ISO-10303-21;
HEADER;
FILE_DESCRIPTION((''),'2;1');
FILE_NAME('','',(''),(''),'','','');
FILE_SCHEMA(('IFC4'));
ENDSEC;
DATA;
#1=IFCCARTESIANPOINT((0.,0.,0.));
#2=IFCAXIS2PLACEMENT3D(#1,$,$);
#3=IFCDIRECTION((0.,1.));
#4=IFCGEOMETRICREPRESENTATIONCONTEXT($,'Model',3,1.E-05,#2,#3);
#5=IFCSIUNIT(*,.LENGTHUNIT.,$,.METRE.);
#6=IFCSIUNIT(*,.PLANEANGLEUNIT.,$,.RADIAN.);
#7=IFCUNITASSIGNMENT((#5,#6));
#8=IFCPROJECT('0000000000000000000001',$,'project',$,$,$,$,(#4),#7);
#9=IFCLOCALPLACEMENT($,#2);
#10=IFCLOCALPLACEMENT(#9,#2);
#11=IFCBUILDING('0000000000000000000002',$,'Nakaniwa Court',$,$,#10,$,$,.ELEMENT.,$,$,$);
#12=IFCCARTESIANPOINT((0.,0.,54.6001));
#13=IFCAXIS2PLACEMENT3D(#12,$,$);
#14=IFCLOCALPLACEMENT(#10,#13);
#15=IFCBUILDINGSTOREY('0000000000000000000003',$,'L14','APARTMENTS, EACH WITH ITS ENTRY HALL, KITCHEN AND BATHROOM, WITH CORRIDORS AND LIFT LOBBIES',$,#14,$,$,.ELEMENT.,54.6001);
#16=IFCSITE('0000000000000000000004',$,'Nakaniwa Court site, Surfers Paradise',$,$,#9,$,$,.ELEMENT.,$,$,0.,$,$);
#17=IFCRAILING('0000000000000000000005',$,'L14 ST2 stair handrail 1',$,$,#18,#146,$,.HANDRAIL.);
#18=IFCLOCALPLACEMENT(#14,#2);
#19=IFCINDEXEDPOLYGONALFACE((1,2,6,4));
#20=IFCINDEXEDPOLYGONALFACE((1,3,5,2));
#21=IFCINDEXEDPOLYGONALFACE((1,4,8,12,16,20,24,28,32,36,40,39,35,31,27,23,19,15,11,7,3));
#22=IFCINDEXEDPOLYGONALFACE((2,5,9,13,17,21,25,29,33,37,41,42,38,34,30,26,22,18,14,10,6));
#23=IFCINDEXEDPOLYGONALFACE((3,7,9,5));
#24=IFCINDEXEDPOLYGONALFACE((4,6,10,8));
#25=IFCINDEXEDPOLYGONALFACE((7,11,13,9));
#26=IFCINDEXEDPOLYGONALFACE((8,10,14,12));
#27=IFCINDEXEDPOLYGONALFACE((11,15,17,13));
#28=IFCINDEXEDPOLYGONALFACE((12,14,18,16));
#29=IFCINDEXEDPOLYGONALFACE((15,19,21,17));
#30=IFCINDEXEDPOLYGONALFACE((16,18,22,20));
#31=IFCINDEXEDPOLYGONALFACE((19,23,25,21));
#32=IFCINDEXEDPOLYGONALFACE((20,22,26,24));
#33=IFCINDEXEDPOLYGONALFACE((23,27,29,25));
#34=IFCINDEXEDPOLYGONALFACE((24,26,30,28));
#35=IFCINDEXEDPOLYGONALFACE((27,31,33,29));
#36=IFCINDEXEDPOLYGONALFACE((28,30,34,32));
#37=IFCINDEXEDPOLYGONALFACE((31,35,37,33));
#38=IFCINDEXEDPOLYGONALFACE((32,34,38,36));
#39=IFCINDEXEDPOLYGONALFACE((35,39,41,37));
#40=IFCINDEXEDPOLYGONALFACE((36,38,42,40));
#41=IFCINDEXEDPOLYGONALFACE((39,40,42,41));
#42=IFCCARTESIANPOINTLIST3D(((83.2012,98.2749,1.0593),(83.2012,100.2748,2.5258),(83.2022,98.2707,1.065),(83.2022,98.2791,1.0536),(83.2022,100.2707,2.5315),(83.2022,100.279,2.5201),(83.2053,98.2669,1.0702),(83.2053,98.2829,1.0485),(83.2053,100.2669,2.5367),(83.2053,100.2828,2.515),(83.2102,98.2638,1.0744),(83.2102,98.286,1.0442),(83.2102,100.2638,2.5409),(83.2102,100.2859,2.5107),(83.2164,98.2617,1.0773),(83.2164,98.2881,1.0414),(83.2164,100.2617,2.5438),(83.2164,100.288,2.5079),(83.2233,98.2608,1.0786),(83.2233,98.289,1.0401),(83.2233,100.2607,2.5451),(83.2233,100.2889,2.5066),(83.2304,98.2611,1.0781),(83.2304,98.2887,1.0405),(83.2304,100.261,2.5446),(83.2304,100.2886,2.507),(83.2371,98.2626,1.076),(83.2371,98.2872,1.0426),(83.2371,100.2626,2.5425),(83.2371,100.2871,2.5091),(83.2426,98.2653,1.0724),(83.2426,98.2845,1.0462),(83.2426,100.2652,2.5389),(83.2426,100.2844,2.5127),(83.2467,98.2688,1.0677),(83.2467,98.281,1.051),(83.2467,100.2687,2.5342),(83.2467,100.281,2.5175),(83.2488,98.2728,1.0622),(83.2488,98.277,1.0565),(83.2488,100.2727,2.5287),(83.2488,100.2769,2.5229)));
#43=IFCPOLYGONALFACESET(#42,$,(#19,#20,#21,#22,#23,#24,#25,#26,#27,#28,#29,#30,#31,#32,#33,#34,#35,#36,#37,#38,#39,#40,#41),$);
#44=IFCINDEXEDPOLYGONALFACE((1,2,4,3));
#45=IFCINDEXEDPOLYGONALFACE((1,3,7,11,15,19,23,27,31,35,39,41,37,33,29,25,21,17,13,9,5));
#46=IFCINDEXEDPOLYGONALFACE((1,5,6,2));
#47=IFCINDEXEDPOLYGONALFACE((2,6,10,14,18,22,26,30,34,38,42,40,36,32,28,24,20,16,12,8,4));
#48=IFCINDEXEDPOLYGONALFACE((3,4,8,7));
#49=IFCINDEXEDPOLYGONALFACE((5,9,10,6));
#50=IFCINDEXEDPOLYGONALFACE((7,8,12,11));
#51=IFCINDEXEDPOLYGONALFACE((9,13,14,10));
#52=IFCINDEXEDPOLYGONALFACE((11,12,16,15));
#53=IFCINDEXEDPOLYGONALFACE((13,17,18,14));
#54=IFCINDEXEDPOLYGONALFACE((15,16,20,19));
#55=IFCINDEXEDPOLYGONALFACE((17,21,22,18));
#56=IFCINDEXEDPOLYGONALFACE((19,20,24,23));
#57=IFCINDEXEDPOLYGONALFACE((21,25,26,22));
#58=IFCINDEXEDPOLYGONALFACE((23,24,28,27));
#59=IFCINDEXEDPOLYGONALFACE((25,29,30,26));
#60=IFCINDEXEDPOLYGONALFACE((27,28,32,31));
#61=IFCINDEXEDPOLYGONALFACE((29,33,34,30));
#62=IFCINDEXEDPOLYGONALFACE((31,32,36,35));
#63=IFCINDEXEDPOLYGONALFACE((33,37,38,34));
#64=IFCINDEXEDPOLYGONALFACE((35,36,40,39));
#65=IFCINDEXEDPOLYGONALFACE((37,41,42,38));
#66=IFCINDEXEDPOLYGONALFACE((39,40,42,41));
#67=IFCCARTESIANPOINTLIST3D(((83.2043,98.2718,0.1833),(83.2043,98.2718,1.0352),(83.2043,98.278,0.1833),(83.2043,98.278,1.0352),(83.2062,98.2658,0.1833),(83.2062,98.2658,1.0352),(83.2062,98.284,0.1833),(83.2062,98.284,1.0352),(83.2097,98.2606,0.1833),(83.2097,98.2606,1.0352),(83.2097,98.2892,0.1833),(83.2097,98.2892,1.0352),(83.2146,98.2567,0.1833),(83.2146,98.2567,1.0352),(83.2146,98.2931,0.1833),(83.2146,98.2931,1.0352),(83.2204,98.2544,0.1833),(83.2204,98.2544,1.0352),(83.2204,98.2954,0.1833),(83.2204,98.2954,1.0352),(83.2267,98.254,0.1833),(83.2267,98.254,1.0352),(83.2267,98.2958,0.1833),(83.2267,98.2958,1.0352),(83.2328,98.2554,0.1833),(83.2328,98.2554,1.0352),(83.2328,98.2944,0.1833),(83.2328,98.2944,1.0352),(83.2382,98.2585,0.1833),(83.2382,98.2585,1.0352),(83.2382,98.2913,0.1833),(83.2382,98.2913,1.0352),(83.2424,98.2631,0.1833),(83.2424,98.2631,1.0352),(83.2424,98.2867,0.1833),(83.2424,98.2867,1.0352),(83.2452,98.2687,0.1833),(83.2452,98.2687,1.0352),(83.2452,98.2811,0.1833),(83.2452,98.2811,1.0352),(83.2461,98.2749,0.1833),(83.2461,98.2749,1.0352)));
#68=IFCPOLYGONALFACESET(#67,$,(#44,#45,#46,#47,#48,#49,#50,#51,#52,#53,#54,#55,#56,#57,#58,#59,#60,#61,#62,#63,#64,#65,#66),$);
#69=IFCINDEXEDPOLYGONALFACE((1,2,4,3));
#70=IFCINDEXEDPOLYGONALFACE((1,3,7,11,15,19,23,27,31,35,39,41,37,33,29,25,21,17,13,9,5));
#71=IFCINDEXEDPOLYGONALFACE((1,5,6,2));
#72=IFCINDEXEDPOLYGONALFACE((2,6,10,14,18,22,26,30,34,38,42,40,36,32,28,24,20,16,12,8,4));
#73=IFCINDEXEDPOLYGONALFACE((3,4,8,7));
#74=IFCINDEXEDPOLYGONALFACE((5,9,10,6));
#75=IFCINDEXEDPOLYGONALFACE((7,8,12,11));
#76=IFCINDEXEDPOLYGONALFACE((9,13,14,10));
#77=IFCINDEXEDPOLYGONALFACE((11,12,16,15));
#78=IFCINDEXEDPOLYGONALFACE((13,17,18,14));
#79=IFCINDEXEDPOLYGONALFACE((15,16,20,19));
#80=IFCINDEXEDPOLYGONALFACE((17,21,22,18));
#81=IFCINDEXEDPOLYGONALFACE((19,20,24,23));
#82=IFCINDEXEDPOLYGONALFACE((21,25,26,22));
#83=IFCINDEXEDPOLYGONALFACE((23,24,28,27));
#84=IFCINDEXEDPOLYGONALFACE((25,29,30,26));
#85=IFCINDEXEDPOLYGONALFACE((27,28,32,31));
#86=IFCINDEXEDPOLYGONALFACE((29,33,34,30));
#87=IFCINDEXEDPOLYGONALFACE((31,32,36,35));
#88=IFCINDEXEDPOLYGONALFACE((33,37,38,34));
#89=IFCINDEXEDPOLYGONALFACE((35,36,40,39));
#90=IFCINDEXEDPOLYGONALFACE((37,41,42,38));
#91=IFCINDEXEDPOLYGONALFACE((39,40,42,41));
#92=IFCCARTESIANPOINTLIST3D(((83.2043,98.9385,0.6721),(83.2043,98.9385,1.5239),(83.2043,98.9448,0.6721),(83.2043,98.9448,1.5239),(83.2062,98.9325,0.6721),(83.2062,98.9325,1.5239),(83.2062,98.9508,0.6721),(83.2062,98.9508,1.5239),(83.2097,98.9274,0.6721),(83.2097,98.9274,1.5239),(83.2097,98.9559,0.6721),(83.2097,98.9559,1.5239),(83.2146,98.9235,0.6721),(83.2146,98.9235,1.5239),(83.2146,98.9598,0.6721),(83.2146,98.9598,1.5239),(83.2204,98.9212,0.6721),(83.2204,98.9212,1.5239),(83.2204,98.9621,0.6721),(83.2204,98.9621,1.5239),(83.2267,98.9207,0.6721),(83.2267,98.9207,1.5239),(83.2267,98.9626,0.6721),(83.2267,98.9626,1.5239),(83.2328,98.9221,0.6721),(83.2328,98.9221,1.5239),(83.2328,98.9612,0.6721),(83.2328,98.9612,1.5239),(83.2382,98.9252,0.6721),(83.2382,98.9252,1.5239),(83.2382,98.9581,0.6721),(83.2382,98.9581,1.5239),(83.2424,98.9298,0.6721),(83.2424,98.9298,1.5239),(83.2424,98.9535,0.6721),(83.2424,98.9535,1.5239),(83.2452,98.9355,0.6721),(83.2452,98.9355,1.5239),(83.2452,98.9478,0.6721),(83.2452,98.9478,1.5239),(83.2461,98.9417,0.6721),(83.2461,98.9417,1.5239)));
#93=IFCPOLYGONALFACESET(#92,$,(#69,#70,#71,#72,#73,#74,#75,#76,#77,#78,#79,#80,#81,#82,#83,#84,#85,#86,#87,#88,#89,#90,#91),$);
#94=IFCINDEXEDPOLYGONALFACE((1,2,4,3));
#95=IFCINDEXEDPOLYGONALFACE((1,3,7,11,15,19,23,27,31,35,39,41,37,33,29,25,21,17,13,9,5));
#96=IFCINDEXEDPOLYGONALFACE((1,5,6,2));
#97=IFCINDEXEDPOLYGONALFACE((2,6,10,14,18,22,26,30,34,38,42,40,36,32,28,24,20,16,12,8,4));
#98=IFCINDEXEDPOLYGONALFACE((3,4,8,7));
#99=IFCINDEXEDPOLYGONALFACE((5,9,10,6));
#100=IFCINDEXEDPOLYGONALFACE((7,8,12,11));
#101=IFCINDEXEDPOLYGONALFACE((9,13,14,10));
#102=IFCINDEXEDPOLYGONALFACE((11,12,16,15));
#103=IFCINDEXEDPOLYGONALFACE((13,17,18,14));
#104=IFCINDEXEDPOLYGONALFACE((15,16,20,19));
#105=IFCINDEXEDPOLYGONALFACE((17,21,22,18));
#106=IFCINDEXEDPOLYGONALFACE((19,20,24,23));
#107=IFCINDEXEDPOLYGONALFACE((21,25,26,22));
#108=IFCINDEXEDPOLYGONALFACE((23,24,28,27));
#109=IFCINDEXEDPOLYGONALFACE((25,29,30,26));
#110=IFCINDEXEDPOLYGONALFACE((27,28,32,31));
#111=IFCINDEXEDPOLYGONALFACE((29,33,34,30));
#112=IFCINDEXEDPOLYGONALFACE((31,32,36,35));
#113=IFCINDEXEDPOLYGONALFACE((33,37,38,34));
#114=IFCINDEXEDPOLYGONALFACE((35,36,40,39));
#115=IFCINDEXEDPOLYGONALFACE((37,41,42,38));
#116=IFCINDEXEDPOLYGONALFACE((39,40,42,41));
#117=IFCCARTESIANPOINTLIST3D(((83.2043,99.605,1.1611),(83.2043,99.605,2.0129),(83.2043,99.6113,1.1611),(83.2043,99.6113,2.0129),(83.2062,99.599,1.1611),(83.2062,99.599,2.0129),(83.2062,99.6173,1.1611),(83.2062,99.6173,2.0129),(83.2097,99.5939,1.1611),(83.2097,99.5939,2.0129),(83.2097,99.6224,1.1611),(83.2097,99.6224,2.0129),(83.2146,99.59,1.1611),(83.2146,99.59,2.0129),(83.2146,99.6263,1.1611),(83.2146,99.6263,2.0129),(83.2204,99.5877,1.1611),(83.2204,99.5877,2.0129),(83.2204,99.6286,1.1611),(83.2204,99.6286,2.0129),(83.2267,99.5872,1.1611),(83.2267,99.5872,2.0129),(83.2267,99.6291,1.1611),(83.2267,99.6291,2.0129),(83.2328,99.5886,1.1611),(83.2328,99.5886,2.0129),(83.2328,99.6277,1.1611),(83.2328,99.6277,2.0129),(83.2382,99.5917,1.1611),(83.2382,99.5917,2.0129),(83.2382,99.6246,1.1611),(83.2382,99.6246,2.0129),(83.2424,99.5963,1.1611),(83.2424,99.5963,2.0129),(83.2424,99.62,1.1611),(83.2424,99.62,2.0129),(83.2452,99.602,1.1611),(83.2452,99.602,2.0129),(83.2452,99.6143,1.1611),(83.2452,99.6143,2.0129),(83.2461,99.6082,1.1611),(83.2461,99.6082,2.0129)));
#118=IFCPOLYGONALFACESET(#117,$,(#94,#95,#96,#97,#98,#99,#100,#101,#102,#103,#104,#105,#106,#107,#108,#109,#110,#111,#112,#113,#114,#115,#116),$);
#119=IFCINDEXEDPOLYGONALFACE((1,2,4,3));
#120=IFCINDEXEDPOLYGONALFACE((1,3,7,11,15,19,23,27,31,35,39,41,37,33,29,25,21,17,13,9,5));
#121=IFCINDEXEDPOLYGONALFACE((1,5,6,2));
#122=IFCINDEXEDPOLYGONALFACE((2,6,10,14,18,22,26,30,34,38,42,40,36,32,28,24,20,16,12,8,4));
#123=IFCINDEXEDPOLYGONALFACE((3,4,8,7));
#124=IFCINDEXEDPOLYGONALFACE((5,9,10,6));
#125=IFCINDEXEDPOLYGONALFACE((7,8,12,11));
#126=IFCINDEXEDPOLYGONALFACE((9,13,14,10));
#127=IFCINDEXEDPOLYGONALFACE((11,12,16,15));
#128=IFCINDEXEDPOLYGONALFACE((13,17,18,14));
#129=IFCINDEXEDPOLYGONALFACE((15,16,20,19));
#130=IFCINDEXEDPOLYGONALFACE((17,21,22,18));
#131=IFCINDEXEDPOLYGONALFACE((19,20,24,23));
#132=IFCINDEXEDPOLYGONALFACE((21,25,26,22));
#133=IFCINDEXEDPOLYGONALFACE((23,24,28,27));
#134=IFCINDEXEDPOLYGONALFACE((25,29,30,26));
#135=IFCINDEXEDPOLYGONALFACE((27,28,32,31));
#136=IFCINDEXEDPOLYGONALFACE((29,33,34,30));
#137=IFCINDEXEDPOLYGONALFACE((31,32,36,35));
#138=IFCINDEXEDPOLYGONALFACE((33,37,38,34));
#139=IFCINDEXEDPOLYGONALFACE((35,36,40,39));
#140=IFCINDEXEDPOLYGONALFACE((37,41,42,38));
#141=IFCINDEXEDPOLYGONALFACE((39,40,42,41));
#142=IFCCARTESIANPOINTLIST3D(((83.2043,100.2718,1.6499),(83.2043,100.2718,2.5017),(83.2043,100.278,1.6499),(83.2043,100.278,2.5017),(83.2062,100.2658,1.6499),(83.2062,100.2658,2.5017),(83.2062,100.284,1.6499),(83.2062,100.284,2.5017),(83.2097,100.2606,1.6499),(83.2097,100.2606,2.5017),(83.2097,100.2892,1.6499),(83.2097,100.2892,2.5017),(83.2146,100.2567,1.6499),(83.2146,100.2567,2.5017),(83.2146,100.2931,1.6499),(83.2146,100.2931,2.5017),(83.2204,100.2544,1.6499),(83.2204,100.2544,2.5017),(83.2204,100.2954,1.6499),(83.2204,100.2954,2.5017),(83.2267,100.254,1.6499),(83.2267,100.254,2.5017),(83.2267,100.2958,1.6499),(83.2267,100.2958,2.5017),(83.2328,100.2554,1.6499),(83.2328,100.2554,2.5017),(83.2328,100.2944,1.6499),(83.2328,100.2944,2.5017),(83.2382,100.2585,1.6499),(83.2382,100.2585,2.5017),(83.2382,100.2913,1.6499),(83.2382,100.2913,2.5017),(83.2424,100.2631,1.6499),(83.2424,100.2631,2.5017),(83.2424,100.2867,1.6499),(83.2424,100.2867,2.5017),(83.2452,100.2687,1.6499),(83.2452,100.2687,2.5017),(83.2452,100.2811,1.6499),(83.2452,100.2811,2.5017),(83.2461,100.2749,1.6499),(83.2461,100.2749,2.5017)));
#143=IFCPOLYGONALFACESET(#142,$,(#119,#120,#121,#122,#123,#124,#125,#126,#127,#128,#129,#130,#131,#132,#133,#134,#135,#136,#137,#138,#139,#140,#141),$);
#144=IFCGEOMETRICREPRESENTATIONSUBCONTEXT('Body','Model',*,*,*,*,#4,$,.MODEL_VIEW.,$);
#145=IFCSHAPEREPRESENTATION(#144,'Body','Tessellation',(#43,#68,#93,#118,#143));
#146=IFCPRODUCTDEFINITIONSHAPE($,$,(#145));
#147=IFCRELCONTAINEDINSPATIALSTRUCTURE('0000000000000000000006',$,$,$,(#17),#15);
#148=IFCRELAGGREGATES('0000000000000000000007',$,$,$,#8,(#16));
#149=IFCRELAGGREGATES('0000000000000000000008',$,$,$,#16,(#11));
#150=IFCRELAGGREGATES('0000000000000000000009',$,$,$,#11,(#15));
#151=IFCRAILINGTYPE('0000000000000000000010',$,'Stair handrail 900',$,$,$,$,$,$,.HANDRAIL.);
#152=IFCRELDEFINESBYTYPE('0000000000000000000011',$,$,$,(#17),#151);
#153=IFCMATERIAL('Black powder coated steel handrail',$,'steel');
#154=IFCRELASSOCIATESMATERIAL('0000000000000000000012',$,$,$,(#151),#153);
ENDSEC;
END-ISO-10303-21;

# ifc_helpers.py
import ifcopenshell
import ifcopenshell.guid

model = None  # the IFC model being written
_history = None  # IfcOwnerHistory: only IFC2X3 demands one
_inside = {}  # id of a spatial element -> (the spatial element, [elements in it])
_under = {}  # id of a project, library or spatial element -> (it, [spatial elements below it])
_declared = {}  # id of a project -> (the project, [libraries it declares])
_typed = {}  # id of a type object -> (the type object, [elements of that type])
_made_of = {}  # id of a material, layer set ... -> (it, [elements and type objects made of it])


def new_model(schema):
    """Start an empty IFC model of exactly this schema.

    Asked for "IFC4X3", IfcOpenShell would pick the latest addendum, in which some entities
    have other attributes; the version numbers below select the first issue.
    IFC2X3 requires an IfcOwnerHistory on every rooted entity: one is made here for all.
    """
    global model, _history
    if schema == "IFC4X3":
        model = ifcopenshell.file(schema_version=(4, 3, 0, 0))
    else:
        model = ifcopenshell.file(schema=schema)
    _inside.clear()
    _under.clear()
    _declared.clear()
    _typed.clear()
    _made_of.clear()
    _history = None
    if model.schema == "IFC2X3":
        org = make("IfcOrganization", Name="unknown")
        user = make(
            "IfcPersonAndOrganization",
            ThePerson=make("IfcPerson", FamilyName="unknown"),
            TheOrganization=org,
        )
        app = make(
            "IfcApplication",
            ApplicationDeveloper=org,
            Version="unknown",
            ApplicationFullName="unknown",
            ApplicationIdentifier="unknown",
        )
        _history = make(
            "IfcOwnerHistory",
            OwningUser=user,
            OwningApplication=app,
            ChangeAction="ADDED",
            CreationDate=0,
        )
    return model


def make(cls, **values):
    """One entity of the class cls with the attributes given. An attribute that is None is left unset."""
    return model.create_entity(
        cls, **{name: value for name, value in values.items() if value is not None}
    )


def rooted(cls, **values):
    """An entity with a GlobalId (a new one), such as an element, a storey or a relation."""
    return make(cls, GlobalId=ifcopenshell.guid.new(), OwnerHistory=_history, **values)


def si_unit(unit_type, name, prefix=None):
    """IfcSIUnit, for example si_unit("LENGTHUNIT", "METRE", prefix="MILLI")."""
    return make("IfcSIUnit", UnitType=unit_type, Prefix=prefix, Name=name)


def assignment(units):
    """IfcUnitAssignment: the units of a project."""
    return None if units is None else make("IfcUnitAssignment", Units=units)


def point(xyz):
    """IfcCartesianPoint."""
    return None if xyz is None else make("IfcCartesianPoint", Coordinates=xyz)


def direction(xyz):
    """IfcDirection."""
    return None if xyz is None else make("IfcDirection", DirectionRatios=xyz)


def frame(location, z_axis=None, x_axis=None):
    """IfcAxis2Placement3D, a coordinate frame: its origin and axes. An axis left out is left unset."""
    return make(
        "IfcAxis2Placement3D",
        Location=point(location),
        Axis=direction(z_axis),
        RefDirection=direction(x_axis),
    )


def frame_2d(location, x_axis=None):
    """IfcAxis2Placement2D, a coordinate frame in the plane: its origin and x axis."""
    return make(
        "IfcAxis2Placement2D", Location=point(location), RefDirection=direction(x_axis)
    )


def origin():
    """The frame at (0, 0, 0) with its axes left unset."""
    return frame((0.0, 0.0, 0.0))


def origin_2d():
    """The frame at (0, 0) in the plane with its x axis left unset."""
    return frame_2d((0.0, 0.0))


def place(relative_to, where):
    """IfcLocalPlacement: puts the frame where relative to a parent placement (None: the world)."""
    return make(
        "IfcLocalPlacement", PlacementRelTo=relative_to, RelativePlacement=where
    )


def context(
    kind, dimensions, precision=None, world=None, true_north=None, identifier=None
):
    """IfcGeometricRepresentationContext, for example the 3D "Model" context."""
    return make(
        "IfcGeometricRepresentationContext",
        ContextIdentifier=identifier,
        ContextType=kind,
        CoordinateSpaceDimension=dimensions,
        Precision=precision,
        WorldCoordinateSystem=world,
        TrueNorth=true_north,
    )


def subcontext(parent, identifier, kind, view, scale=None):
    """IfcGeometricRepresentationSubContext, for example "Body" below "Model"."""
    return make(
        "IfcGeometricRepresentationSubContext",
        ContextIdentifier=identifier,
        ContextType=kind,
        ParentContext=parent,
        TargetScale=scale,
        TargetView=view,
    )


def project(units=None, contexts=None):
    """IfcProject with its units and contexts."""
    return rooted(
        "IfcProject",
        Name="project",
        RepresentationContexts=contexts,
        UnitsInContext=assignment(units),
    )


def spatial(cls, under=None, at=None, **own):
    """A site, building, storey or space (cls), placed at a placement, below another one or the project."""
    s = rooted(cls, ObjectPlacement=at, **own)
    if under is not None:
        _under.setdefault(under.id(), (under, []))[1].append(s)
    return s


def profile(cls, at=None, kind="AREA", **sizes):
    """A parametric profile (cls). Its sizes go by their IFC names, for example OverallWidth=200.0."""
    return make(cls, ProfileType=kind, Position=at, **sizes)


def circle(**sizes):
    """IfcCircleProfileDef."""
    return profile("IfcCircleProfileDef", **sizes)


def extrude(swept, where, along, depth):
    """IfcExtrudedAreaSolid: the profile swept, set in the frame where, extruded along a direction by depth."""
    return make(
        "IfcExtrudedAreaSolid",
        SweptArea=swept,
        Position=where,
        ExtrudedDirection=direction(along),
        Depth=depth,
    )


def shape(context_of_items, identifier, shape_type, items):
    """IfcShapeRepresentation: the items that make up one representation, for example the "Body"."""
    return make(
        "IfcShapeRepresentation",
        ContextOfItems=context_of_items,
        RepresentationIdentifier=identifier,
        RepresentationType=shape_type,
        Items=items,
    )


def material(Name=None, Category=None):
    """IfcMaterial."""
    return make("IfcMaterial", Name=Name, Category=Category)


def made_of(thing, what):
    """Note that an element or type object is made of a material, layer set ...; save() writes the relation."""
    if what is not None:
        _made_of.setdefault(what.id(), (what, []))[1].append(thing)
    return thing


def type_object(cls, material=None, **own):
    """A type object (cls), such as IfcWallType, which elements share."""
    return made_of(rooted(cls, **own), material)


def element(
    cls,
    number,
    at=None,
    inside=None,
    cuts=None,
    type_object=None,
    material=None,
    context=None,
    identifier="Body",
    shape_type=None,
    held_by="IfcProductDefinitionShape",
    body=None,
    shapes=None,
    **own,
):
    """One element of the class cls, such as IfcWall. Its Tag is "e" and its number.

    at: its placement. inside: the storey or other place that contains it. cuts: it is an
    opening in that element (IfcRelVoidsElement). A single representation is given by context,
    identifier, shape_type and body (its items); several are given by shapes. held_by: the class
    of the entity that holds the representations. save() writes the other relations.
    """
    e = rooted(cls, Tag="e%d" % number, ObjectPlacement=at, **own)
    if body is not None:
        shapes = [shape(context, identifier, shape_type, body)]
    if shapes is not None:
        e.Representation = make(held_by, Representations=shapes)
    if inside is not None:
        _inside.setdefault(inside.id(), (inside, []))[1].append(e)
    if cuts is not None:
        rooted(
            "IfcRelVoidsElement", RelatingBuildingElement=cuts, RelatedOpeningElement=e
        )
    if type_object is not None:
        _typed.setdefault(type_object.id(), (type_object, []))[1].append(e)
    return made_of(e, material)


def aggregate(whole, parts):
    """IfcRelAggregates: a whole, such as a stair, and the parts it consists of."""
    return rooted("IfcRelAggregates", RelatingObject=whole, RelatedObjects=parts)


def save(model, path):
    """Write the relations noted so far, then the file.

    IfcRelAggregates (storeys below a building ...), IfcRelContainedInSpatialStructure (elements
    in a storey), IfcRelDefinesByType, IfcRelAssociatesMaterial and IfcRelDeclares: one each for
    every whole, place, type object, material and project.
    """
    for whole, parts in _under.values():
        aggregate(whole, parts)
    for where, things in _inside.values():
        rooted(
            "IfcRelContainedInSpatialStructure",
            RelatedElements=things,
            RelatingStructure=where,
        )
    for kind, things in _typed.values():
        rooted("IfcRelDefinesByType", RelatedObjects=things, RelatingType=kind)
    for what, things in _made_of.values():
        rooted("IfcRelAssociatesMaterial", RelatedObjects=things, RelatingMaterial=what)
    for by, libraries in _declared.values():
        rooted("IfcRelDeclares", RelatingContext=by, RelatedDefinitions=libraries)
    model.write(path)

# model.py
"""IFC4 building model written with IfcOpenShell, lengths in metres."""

from ifc_helpers import new_model, si_unit, direction, frame, origin, origin_2d, place, context, subcontext, project, spatial, circle, extrude, material, type_object, element, save


model = new_model("IFC4")

# Units and contexts
model_context = context("Model", 3, precision=1e-05, world=origin(), true_north=direction((0.0, 1.0)))
body_context = subcontext(model_context, "Body", "Model", "MODEL_VIEW")
ifc_project = project(units=[si_unit("LENGTHUNIT", "METRE"), si_unit("PLANEANGLEUNIT", "RADIAN")], contexts=[model_context])

# Site, building, storey
site_placement = place(None, origin())
site = spatial("IfcSite", under=ifc_project, at=site_placement, Name="Nakaniwa Court site, Surfers Paradise", CompositionType="ELEMENT", RefElevation=0.0)
building_placement = place(site_placement, origin())
building = spatial("IfcBuilding", under=site, at=building_placement, Name="Nakaniwa Court", CompositionType="ELEMENT")
storey_placement = place(building_placement, frame((0.0, 0.0, 54.6001)))
storey = spatial("IfcBuildingStorey", under=building, at=storey_placement, Name="L14", Description="APARTMENTS, EACH WITH ITS ENTRY HALL, KITCHEN AND BATHROOM, WITH CORRIDORS AND LIFT LOBBIES", CompositionType="ELEMENT", Elevation=54.6001)

# Railing
ifc_material_1 = material(Name="Black powder coated steel handrail", Category="steel")
railing_type_1 = type_object("IfcRailingType", Name="Stair handrail 900", PredefinedType="HANDRAIL", material=ifc_material_1)
railing_1_placement = place(storey_placement, frame((83.2251, 98.2749, 0.1833)))
element("IfcRailing", 1, at=railing_1_placement, inside=storey, type_object=railing_type_1, Name="L14 ST2 stair handrail 1", PredefinedType="HANDRAIL", context=body_context, shape_type="SweptSolid", body=[
    extrude(circle(Radius=0.0239, at=origin_2d()), frame((0.0, 0.0, 0.876), z_axis=(0.0, 0.806427, 0.591334), x_axis=(-1.0, 0.0, 0.0)), (0.0, 0.0, 1.0), 2.48),
    extrude(circle(Radius=0.021, at=origin_2d()), origin(), (0.0, 0.0, 1.0), 0.8518),
    extrude(circle(Radius=0.021, at=origin_2d()), frame((0.0, 0.6667, 0.4888)), (0.0, 0.0, 1.0), 0.8518),
    extrude(circle(Radius=0.021, at=origin_2d()), frame((0.0, 1.3333, 0.9778)), (0.0, 0.0, 1.0), 0.8518),
    extrude(circle(Radius=0.021, at=origin_2d()), frame((0.0, 2.0, 1.4666)), (0.0, 0.0, 1.0), 0.8518),
])

save(model, "model.ifc")
